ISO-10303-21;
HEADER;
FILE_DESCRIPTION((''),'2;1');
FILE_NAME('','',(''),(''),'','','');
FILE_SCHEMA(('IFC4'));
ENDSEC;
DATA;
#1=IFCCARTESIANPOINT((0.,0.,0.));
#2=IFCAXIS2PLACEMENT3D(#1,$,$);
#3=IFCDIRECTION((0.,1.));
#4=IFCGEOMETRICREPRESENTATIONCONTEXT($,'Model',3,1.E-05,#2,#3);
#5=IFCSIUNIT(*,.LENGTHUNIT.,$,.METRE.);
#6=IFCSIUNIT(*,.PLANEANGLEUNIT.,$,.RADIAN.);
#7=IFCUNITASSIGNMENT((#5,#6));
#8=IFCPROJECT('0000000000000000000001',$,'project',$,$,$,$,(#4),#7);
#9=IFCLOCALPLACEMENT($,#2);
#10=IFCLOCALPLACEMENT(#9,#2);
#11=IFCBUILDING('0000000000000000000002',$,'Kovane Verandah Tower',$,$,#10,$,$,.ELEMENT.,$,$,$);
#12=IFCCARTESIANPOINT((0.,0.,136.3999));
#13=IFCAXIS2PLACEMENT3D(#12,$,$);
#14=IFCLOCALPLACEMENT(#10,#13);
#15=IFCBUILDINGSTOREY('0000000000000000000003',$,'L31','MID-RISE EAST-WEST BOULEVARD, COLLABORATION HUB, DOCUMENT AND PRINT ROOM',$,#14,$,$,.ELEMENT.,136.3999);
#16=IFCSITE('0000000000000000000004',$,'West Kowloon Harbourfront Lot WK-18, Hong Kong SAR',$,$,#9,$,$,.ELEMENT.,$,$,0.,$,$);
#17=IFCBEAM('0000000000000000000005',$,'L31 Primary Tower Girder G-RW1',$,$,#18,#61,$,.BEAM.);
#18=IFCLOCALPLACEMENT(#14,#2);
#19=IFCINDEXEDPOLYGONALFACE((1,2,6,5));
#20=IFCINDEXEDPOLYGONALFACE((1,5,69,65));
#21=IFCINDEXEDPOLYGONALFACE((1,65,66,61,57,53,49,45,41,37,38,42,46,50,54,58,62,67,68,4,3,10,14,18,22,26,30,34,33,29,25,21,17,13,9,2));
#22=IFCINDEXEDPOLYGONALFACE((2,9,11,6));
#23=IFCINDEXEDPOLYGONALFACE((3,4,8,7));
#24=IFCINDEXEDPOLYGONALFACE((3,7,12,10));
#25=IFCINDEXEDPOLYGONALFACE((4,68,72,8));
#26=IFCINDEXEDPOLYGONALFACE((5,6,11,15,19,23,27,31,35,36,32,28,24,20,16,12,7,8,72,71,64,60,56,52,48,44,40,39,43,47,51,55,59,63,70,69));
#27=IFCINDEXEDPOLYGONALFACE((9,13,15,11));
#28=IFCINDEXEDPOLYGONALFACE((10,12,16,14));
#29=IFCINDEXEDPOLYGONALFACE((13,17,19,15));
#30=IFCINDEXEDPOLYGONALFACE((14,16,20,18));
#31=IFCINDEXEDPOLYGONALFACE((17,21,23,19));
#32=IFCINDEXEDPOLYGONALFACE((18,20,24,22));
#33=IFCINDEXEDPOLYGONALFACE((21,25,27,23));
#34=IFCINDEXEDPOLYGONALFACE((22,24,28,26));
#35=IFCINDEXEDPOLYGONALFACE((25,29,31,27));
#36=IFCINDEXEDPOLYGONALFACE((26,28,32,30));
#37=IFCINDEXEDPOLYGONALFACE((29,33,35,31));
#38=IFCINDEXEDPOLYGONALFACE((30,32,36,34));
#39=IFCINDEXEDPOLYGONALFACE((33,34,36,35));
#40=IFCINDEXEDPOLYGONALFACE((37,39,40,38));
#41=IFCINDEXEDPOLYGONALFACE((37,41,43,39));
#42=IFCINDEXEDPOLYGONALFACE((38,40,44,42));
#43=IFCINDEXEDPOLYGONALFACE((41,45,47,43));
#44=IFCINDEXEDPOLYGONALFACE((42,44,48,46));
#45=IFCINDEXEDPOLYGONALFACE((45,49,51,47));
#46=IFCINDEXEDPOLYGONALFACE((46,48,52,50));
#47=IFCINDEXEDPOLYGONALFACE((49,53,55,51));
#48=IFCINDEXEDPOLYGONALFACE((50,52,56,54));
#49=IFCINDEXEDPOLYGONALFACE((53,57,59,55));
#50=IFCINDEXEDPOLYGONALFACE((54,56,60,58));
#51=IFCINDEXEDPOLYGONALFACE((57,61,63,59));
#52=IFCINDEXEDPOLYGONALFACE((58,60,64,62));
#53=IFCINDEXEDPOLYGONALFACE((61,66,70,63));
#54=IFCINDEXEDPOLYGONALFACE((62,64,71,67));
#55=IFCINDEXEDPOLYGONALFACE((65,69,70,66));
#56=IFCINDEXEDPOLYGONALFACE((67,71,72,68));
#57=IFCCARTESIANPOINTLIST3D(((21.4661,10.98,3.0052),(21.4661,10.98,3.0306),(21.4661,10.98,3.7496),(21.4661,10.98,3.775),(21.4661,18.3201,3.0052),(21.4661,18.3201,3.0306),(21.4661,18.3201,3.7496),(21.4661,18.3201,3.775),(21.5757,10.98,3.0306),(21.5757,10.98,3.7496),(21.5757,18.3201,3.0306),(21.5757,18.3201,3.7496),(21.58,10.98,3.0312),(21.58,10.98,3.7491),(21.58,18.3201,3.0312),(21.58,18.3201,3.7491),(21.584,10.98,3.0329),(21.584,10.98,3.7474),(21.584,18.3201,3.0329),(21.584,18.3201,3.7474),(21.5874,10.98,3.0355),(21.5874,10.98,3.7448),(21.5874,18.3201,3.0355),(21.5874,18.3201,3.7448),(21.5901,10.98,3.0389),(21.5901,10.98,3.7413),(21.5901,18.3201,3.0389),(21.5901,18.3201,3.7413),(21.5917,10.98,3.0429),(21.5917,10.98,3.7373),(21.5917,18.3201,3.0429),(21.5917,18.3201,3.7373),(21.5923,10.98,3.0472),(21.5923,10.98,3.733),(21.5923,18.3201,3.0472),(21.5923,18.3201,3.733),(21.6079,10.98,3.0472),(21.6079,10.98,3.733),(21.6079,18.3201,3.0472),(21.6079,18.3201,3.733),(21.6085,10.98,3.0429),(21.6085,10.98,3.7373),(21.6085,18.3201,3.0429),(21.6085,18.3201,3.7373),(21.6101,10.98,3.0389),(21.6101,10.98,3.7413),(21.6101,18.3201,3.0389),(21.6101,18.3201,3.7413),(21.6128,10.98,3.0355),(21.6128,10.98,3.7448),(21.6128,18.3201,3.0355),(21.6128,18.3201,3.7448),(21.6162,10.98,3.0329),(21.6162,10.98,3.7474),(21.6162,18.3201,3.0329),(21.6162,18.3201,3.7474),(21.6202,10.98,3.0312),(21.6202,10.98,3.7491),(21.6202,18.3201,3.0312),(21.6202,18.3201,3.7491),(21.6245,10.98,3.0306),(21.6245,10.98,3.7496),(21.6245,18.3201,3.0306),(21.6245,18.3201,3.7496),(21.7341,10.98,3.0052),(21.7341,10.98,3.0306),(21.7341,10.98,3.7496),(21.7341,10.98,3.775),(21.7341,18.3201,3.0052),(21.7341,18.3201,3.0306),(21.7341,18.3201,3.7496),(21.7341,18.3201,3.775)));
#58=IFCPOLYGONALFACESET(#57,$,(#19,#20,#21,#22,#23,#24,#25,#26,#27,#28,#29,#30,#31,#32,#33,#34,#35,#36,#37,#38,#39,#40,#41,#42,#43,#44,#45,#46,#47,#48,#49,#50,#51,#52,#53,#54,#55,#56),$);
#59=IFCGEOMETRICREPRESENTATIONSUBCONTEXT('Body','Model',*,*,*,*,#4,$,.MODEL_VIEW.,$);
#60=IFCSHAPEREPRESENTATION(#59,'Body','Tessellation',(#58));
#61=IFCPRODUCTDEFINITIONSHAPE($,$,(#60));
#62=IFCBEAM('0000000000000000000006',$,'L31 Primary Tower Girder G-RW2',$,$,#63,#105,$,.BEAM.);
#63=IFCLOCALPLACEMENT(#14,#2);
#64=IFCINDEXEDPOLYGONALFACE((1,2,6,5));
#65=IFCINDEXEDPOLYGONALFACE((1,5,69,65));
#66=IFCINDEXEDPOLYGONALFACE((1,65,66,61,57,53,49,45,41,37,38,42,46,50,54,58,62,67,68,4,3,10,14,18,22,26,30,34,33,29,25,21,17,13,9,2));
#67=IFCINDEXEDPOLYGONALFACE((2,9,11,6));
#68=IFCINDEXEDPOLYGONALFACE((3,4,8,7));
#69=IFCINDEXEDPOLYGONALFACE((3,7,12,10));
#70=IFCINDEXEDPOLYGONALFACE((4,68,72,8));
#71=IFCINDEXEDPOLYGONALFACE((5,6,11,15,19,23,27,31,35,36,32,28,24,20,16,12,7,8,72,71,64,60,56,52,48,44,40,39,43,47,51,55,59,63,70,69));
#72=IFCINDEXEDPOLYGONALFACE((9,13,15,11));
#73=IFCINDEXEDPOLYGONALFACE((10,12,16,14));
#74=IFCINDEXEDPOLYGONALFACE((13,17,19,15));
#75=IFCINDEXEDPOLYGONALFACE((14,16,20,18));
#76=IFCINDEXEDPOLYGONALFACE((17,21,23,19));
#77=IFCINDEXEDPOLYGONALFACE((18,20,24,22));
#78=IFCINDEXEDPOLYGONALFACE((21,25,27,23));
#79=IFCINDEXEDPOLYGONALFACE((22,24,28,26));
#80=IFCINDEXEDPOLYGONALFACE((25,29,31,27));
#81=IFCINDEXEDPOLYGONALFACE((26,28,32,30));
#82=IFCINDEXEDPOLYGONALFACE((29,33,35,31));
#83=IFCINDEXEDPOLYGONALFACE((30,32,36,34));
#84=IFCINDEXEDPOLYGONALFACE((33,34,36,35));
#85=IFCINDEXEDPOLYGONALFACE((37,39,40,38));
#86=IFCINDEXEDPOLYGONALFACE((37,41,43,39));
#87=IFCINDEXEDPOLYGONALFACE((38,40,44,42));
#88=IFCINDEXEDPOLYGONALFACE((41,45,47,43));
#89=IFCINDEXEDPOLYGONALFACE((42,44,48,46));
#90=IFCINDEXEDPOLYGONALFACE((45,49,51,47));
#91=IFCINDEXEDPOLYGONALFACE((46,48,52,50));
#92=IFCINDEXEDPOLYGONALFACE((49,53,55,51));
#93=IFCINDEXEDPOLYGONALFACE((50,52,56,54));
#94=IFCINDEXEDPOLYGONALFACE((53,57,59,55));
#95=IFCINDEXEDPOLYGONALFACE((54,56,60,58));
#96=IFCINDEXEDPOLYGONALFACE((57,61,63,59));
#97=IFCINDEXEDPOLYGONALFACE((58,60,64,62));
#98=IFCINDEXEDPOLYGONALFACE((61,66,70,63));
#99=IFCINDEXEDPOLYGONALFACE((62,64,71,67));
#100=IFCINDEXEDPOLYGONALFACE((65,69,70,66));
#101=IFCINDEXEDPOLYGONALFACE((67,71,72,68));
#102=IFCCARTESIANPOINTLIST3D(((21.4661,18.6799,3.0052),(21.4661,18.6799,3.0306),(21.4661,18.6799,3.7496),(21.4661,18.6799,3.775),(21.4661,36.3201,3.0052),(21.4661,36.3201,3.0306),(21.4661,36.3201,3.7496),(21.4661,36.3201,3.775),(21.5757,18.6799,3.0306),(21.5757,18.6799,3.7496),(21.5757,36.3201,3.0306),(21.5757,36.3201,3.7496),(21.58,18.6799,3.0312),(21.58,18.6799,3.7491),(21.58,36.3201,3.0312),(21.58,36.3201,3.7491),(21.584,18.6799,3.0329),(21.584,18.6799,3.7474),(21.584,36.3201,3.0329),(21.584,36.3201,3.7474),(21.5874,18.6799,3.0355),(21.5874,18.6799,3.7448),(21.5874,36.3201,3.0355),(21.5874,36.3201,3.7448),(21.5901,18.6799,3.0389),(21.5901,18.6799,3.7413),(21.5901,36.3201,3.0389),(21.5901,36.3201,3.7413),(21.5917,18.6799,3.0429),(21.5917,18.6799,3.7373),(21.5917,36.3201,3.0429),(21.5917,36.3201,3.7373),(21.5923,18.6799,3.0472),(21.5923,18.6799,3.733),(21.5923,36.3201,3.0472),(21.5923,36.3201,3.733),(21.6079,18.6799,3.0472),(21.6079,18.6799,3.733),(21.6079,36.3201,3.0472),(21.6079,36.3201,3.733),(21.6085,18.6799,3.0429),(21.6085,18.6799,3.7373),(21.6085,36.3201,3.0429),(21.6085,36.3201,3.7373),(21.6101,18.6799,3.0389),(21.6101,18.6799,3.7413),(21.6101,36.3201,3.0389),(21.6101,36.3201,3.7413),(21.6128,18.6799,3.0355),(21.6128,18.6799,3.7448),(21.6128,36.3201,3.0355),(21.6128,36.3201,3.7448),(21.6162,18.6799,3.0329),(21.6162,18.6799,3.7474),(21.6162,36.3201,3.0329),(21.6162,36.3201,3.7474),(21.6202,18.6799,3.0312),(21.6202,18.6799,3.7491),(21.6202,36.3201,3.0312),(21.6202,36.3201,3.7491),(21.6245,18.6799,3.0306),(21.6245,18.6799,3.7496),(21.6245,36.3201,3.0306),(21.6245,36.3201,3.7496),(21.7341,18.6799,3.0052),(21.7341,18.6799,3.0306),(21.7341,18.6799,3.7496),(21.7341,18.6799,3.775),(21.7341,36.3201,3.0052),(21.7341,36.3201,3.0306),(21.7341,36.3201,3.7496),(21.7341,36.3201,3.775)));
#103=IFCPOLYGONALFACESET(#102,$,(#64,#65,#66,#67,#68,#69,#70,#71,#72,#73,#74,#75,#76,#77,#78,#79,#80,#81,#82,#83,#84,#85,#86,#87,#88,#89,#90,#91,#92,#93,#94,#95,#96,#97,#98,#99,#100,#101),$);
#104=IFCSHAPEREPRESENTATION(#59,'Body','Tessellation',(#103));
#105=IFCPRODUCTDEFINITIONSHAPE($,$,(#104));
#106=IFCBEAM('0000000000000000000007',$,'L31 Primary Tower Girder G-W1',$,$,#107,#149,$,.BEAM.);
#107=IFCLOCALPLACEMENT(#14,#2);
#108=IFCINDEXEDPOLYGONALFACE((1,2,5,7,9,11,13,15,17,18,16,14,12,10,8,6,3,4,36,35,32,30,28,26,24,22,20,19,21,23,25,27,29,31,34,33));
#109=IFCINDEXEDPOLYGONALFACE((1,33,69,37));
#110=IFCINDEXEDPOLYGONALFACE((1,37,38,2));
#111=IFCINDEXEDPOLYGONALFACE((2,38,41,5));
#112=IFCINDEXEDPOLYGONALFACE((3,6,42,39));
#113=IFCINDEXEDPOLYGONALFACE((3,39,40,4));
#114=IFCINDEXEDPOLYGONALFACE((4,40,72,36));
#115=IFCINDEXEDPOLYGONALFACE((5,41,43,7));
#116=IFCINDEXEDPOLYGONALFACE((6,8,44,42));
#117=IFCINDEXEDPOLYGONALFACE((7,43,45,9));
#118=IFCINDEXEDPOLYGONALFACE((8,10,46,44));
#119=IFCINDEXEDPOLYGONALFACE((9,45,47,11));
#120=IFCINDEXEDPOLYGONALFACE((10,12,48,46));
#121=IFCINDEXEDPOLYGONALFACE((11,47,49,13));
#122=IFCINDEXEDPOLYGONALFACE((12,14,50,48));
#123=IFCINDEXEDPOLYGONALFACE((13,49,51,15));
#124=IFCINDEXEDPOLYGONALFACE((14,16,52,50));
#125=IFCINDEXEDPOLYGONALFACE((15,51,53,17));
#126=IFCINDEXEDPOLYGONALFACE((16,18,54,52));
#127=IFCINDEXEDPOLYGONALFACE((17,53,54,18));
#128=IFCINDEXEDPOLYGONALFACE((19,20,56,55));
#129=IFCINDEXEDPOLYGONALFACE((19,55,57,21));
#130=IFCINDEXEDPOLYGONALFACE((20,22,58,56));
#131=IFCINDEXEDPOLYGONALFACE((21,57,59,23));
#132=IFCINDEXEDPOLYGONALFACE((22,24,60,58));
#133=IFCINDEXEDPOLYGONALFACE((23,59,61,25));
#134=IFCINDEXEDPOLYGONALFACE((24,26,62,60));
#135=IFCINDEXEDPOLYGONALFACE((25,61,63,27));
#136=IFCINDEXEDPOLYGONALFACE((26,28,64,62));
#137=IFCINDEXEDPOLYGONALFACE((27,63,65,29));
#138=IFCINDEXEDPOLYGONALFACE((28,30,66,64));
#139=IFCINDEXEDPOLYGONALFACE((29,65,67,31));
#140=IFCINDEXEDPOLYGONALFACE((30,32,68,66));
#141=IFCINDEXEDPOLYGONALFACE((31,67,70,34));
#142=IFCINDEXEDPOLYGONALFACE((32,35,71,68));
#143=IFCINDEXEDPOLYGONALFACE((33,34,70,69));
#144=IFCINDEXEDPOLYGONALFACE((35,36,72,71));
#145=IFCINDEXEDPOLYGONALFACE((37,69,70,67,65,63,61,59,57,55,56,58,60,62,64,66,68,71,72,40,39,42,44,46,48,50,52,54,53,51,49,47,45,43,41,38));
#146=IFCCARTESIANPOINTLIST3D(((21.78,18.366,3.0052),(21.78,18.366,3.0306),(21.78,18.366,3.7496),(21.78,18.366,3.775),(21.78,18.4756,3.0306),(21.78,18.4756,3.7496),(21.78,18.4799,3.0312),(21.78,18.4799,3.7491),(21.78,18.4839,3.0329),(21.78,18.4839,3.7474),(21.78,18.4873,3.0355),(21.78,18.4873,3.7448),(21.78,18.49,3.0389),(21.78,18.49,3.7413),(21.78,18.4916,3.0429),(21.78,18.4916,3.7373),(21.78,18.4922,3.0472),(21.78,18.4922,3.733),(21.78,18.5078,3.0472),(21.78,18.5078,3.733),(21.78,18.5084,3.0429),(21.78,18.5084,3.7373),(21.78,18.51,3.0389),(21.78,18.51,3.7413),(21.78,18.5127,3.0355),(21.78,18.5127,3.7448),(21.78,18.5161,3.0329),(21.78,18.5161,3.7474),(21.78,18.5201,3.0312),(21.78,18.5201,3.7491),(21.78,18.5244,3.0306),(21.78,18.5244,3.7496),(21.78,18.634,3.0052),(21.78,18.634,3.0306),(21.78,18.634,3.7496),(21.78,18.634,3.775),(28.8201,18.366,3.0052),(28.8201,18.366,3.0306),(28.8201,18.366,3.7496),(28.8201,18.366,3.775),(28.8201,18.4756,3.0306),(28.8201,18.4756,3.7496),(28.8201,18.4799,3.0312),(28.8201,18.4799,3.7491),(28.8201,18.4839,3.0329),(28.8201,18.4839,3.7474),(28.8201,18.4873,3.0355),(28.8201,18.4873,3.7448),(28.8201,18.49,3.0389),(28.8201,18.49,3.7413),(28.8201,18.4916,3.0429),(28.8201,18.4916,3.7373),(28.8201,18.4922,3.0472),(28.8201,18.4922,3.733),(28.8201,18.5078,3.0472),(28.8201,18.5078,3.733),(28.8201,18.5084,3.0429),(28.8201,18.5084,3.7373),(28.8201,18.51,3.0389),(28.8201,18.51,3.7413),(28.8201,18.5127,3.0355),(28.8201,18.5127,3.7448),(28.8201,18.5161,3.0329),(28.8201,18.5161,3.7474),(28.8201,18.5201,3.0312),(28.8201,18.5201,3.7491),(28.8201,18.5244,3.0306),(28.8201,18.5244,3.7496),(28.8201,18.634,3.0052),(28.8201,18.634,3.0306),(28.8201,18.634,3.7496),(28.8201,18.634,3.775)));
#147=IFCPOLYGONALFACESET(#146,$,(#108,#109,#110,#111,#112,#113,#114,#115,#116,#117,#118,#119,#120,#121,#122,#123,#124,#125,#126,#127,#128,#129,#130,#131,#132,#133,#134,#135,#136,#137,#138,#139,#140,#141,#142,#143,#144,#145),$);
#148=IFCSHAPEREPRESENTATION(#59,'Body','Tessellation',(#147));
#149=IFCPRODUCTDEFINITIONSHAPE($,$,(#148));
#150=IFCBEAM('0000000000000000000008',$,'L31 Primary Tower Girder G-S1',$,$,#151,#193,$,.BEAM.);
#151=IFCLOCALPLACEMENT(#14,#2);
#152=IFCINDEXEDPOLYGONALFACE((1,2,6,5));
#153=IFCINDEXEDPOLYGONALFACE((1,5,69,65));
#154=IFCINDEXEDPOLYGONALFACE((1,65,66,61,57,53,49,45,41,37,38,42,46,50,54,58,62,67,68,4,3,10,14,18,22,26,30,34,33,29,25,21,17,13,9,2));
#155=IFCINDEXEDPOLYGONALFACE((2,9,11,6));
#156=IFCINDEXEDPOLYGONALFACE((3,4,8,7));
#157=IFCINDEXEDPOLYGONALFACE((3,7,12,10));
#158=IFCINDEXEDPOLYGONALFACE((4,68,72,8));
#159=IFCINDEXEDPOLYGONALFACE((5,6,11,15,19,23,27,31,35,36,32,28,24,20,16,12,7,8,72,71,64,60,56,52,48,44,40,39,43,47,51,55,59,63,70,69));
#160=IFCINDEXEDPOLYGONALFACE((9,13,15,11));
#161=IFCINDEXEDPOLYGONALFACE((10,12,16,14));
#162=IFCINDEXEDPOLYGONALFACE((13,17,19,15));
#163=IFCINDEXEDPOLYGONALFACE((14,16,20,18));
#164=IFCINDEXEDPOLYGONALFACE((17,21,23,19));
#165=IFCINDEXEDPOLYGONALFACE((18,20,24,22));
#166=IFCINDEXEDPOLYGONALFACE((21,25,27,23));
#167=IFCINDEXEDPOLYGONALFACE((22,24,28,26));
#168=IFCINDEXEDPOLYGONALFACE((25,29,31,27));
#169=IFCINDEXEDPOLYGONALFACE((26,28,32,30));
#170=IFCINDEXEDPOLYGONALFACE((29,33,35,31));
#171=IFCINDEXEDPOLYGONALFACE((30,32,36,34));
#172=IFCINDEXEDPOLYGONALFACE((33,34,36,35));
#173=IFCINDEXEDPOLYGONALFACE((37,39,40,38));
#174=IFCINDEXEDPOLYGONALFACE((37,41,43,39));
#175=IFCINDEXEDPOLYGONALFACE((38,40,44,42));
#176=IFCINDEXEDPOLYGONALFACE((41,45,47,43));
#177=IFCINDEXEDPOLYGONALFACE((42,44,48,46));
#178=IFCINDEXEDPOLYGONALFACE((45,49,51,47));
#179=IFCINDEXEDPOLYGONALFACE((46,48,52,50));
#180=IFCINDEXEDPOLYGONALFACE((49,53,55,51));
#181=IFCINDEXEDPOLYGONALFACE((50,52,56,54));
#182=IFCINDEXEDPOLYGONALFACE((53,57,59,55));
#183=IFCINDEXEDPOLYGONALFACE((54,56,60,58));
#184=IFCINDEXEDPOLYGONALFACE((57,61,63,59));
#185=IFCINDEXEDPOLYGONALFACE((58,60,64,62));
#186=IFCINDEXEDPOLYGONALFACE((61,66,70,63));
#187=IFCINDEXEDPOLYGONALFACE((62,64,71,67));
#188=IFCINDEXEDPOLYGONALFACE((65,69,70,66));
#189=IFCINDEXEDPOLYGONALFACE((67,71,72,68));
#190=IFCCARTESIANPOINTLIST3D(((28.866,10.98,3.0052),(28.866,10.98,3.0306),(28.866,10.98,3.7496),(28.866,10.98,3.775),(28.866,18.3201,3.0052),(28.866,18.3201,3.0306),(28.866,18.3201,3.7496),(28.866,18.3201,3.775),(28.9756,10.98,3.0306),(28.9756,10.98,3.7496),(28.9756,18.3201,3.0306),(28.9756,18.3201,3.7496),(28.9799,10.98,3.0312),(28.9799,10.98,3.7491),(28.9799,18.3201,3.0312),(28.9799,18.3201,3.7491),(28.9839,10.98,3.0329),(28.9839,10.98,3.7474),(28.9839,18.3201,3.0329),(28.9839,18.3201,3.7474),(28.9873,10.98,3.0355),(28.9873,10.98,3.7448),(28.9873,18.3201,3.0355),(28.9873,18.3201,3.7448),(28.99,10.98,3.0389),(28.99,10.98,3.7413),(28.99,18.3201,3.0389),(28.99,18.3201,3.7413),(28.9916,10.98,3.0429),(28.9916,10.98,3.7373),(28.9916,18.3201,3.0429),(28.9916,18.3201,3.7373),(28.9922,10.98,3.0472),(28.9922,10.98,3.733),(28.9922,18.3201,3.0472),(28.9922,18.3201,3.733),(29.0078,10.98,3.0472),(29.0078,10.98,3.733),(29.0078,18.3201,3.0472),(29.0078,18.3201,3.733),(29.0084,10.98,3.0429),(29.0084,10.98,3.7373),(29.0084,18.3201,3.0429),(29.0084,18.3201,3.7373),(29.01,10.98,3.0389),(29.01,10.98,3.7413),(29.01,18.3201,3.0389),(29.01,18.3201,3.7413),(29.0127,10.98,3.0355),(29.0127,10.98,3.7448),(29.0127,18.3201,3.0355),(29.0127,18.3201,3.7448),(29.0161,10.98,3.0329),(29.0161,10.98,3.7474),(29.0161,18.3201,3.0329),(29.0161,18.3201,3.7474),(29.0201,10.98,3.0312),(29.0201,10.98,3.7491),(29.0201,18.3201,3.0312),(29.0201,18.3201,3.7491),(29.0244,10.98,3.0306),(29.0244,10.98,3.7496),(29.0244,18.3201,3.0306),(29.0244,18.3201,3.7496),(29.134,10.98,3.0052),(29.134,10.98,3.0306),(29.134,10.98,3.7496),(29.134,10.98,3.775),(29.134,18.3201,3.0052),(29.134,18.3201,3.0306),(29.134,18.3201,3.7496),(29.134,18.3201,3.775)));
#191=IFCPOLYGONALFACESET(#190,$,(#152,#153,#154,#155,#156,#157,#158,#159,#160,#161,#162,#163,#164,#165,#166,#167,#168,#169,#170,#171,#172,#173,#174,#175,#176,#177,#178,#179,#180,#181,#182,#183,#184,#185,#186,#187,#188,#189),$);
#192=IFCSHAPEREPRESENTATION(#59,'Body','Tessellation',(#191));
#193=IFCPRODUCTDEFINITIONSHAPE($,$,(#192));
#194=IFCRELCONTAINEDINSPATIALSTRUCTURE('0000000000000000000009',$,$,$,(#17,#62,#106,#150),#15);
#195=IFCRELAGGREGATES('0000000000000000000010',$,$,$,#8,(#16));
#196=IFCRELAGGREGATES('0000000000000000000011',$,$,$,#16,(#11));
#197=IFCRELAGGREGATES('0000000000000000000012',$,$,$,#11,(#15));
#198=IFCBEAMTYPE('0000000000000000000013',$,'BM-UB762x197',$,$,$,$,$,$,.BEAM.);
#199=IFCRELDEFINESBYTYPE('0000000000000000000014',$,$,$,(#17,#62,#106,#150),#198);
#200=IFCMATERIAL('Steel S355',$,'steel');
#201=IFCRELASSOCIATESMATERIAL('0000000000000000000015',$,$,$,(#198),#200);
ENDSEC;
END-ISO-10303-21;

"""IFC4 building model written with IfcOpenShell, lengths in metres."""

from ifc_helpers import new_model, si_unit, direction, frame, origin, origin_2d, place, context, subcontext, project, spatial, i_section, extrude, material, material_profile, profile_set, type_object, element, save


model = new_model("IFC4")

# Units and contexts
model_context = context("Model", 3, precision=1e-05, world=origin(), true_north=direction((0.0, 1.0)))
body_context = subcontext(model_context, "Body", "Model", "MODEL_VIEW")
ifc_project = project(units=[si_unit("LENGTHUNIT", "METRE"), si_unit("PLANEANGLEUNIT", "RADIAN")], contexts=[model_context])

# Site, building, storey
site_placement = place(None, origin())
site = spatial("IfcSite", under=ifc_project, at=site_placement, Name="West Kowloon Harbourfront Lot WK-18, Hong Kong SAR", CompositionType="ELEMENT", RefElevation=0.0)
building_placement = place(site_placement, origin())
building = spatial("IfcBuilding", under=site, at=building_placement, Name="Kovane Verandah Tower", CompositionType="ELEMENT")
storey_placement = place(building_placement, frame((0.0, 0.0, 136.3999)))
storey = spatial("IfcBuildingStorey", under=building, at=storey_placement, Name="L31", Description="MID-RISE EAST-WEST BOULEVARD, COLLABORATION HUB, DOCUMENT AND PRINT ROOM", CompositionType="ELEMENT", Elevation=136.3999)

# Beams
ifc_material_1 = material(Name="Steel S355", Category="steel")
ifc_material_profile_1 = material_profile(ifc_material_1, i_section(OverallWidth=0.2681, OverallDepth=0.7698, WebThickness=0.0156, FlangeThickness=0.0254, FilletRadius=0.0166, at=origin_2d()), Name="UB762x267x197")
ifc_profile_set_1 = profile_set([ifc_material_profile_1], Name="Steel S355")
beam_type_1 = type_object("IfcBeamType", Name="BM-UB762x197", PredefinedType="BEAM", material=ifc_profile_set_1)
beam_1_placement = place(storey_placement, frame((21.6001, 10.98, 3.3901), z_axis=(0.0, 1.0, 0.0), x_axis=(-1.0, 0.0, 0.0)))
element("IfcBeam", 1, at=beam_1_placement, inside=storey, type_object=beam_type_1, Name="L31 Primary Tower Girder G-RW1", PredefinedType="BEAM", context=body_context, shape_type="SweptSolid", body=[
    extrude(i_section(OverallWidth=0.2681, OverallDepth=0.7698, WebThickness=0.0156, FlangeThickness=0.0254, FilletRadius=0.0166, at=origin_2d()), origin(), (0.0, 0.0, 1.0), 7.3401),
])
beam_2_placement = place(storey_placement, frame((21.6001, 18.6799, 3.3901), z_axis=(0.0, 1.0, 0.0), x_axis=(-1.0, 0.0, 0.0)))
element("IfcBeam", 2, at=beam_2_placement, inside=storey, type_object=beam_type_1, Name="L31 Primary Tower Girder G-RW2", PredefinedType="BEAM", context=body_context, shape_type="SweptSolid", body=[
    extrude(i_section(OverallWidth=0.2681, OverallDepth=0.7698, WebThickness=0.0156, FlangeThickness=0.0254, FilletRadius=0.0166, at=origin_2d()), origin(), (0.0, 0.0, 1.0), 17.6401),
])
beam_3_placement = place(storey_placement, frame((28.8201, 18.5, 3.3901), z_axis=(-1.0, 0.0, 0.0), x_axis=(0.0, -1.0, 0.0)))
element("IfcBeam", 3, at=beam_3_placement, inside=storey, type_object=beam_type_1, Name="L31 Primary Tower Girder G-W1", PredefinedType="BEAM", context=body_context, shape_type="SweptSolid", body=[
    extrude(i_section(OverallWidth=0.2681, OverallDepth=0.7698, WebThickness=0.0156, FlangeThickness=0.0254, FilletRadius=0.0166, at=origin_2d()), origin(), (0.0, 0.0, 1.0), 7.04),
])
beam_4_placement = place(storey_placement, frame((29.0, 18.3201, 3.3901), z_axis=(0.0, -1.0, 0.0), x_axis=(1.0, 0.0, 0.0)))
element("IfcBeam", 4, at=beam_4_placement, inside=storey, type_object=beam_type_1, Name="L31 Primary Tower Girder G-S1", PredefinedType="BEAM", context=body_context, shape_type="SweptSolid", body=[
    extrude(i_section(OverallWidth=0.2681, OverallDepth=0.7698, WebThickness=0.0156, FlangeThickness=0.0254, FilletRadius=0.0166, at=origin_2d()), origin(), (0.0, 0.0, 1.0), 7.3401),
])

save(model, "model.ifc")
